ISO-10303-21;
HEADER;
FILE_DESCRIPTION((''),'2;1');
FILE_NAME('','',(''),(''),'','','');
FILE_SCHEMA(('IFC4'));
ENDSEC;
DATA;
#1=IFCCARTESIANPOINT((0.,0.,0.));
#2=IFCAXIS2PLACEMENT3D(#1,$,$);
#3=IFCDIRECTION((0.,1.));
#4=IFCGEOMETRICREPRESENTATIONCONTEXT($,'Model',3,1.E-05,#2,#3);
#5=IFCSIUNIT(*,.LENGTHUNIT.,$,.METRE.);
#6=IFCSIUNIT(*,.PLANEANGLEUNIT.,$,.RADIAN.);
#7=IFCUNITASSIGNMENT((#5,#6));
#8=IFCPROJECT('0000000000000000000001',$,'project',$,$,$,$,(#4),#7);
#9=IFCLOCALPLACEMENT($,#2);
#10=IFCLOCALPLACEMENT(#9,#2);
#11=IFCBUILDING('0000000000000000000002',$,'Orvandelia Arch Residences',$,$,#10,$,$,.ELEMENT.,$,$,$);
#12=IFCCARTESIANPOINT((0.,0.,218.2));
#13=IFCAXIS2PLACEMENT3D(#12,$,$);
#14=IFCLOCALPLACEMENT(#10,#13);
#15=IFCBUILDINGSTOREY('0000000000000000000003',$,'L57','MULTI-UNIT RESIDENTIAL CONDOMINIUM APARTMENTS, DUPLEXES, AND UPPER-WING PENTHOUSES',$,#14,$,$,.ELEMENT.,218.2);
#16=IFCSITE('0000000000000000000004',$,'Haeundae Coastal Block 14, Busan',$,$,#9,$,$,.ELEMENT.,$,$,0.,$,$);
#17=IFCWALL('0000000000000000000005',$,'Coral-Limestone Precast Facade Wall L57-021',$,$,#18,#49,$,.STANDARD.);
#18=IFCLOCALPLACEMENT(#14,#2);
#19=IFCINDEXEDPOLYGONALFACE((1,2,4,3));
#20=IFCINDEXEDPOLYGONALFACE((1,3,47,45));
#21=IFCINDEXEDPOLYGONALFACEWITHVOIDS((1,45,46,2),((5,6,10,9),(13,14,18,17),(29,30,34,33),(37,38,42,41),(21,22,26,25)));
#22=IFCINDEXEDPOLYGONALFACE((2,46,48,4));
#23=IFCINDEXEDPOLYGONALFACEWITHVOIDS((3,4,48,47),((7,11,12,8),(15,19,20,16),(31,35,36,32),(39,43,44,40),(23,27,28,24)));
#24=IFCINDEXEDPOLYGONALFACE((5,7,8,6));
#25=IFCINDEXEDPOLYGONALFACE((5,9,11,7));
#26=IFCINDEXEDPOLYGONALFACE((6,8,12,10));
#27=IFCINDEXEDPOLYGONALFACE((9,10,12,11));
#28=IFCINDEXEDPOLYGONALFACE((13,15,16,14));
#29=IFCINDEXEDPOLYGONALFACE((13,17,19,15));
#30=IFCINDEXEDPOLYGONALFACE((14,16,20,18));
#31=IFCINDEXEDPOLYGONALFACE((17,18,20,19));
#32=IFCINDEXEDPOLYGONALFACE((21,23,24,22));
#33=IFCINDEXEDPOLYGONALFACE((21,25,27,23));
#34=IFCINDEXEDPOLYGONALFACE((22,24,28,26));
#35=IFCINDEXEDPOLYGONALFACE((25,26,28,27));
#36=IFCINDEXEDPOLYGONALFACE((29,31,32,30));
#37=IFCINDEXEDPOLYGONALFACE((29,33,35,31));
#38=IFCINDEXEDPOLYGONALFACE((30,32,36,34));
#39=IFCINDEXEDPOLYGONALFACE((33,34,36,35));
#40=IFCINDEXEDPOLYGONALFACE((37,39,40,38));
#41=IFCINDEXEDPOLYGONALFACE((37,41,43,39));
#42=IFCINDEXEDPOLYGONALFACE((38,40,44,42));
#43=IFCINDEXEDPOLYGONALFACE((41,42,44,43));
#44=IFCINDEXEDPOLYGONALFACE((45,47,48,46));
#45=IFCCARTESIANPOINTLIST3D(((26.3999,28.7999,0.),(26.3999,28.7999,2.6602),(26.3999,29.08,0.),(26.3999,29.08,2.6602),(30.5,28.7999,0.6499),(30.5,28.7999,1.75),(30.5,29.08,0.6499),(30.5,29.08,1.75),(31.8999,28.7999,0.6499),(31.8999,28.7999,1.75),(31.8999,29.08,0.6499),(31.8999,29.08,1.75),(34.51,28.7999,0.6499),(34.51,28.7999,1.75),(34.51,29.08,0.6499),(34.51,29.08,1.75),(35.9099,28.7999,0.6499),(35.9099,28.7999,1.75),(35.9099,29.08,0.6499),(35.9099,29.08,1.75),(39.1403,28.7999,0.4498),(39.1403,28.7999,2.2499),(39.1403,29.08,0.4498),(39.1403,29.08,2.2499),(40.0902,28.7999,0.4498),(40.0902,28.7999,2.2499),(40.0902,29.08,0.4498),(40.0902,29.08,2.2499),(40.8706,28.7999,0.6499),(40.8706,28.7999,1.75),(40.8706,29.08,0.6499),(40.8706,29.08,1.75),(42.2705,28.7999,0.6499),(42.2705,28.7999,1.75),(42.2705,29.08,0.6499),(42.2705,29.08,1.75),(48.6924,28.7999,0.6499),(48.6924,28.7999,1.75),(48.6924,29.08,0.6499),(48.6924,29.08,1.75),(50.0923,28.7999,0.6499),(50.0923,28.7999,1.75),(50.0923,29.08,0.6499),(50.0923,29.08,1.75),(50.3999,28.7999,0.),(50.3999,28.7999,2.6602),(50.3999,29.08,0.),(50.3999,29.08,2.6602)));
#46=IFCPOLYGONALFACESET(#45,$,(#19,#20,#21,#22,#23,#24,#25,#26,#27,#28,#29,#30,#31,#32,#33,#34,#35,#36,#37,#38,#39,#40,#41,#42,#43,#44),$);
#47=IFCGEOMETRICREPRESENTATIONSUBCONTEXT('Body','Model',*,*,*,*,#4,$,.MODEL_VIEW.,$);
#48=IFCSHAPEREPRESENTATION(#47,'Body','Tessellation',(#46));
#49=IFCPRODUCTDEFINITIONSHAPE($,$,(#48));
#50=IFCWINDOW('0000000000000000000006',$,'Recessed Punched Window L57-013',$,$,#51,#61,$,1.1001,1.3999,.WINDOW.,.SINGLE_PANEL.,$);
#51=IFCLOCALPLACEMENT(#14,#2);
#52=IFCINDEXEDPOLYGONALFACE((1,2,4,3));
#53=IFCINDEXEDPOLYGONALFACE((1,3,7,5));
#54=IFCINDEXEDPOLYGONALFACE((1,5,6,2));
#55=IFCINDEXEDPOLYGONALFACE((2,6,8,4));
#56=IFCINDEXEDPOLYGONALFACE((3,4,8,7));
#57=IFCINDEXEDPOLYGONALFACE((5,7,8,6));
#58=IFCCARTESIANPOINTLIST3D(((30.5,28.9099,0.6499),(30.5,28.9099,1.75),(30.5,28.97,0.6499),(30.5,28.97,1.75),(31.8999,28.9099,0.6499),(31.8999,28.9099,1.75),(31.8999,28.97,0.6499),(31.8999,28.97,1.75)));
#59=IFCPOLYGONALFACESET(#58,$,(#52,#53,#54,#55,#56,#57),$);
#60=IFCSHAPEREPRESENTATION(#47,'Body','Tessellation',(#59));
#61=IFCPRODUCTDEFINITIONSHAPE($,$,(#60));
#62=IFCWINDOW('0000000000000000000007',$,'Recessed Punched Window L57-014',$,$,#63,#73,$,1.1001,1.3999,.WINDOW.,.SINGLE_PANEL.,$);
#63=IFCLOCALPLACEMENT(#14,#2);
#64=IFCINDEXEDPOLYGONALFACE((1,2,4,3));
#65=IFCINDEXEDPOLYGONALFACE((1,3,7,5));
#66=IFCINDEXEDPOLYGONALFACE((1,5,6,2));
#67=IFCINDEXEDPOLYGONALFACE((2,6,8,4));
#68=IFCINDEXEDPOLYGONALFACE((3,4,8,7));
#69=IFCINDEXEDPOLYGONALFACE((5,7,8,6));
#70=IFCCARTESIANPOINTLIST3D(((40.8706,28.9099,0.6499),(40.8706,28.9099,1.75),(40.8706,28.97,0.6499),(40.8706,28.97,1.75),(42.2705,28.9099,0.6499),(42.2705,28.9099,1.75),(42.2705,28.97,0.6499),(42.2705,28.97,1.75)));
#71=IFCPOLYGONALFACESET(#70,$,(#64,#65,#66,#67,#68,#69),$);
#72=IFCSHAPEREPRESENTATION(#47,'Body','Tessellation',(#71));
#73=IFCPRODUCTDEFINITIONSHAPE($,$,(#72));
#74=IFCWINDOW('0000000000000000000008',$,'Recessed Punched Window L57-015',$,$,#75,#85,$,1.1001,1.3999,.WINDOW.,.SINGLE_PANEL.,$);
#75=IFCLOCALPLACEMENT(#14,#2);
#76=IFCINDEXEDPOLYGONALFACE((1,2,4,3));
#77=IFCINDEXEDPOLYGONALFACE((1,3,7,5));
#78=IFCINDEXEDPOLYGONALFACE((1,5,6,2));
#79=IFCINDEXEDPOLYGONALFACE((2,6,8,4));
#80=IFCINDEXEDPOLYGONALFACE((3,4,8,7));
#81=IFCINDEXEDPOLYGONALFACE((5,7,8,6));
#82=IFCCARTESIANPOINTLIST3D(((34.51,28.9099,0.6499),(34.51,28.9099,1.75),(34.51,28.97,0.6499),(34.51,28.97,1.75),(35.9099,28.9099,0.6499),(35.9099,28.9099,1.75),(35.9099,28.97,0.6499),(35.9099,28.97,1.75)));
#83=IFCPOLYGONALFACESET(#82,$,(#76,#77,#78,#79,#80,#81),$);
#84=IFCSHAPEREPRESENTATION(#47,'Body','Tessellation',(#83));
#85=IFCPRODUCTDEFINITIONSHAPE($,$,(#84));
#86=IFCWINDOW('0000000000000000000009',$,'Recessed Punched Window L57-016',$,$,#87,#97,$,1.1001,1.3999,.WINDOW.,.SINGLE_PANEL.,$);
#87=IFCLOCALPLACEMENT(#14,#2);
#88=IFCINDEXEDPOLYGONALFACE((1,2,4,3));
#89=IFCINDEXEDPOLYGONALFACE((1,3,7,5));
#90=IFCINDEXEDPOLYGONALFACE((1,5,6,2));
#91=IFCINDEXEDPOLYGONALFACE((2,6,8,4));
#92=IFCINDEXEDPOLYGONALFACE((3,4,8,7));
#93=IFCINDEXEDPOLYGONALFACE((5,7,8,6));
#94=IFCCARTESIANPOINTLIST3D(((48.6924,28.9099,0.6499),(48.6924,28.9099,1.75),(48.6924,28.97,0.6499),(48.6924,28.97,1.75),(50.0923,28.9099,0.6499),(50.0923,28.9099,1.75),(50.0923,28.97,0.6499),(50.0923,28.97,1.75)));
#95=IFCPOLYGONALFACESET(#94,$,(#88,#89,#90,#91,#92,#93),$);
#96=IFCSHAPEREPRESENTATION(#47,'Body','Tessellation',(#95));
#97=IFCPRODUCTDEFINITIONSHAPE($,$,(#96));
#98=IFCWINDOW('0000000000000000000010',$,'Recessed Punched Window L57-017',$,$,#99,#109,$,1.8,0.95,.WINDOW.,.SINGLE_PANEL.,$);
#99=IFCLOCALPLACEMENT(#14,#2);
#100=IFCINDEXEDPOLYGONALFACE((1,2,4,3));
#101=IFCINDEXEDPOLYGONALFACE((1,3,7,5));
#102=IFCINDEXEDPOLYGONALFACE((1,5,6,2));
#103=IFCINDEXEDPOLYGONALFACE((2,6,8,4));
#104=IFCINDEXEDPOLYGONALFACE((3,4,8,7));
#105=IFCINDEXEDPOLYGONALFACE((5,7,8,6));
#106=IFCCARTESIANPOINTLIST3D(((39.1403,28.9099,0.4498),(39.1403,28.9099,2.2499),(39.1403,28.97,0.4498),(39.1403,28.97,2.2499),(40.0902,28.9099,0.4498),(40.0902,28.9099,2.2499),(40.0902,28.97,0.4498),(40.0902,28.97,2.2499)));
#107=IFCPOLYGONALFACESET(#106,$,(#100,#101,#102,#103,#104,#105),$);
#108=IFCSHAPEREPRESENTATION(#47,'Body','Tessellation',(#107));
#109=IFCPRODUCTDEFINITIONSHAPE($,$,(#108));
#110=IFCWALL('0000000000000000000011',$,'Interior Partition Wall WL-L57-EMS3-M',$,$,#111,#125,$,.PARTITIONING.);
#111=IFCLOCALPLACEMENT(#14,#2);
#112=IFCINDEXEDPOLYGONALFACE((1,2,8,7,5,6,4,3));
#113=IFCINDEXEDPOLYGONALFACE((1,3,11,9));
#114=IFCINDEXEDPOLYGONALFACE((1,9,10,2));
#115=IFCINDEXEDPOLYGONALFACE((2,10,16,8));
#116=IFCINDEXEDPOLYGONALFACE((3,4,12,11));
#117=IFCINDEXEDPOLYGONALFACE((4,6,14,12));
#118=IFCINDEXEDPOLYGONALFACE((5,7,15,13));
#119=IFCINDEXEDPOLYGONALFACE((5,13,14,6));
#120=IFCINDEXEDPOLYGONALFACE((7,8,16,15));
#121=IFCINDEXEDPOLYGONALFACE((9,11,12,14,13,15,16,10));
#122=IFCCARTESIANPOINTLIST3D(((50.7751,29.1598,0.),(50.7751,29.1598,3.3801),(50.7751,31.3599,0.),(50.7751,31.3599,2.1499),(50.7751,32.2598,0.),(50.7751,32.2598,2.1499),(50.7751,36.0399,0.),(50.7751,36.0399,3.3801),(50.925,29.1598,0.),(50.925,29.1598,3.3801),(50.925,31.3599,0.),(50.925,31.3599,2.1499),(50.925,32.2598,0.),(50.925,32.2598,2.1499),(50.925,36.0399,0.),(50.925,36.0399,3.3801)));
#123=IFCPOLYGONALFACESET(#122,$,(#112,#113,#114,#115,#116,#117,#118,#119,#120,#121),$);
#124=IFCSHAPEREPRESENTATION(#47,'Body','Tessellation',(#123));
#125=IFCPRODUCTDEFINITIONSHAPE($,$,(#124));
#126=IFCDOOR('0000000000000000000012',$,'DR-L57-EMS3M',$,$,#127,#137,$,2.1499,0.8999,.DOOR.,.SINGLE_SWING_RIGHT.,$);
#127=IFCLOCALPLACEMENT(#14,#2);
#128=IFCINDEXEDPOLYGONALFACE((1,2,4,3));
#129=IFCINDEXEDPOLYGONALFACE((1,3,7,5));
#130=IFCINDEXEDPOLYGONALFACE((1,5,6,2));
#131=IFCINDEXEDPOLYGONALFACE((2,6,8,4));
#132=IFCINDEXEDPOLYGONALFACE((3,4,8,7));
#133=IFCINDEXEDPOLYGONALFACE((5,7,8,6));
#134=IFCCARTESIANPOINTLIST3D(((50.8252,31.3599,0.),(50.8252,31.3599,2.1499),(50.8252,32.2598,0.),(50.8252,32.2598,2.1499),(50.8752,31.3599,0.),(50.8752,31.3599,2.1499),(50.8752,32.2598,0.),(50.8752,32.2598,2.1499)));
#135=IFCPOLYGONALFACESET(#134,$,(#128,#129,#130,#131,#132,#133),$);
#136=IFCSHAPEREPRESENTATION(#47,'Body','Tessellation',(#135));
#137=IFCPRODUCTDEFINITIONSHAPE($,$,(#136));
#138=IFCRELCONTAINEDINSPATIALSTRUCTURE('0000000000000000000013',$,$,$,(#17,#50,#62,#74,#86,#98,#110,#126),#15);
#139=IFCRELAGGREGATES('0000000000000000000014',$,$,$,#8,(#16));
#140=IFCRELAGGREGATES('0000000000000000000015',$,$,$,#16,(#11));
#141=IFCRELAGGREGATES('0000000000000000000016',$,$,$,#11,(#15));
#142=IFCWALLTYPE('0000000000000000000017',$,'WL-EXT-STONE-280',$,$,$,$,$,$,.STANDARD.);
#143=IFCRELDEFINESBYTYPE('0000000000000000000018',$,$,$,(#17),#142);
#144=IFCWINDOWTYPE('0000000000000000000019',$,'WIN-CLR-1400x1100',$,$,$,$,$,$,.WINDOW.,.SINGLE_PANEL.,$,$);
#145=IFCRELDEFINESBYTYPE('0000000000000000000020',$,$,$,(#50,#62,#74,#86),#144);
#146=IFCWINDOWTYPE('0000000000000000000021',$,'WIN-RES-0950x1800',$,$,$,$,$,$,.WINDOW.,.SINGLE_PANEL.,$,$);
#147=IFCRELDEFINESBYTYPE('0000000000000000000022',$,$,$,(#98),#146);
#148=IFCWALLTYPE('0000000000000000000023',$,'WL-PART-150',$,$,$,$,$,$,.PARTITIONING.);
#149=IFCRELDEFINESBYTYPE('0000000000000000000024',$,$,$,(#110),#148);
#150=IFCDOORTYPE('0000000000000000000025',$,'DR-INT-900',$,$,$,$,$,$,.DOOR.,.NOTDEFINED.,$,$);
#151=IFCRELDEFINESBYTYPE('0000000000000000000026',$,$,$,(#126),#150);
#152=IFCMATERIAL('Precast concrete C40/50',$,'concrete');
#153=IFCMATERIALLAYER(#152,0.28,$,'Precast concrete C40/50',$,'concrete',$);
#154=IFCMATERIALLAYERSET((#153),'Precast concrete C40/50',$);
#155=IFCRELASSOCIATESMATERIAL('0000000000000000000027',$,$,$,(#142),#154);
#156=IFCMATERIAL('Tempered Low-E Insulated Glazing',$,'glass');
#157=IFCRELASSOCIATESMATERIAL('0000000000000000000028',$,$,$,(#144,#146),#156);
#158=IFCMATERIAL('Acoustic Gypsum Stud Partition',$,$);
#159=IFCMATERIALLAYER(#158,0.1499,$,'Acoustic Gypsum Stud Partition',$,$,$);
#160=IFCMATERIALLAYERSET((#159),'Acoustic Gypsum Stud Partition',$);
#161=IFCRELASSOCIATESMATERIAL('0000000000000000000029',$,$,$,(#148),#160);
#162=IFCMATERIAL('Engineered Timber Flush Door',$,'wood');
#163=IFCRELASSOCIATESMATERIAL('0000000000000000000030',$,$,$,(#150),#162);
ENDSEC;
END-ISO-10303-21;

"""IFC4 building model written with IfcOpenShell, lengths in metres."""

from ifc_helpers import new_model, si_unit, direction, frame, frame_2d, origin, place, context, subcontext, project, spatial, rectangle, extrude, material, layer, layer_set, type_object, element, fill, save


model = new_model("IFC4")

# Units and contexts
model_context = context("Model", 3, precision=1e-05, world=origin(), true_north=direction((0.0, 1.0)))
body_context = subcontext(model_context, "Body", "Model", "MODEL_VIEW")
ifc_project = project(units=[si_unit("LENGTHUNIT", "METRE"), si_unit("PLANEANGLEUNIT", "RADIAN")], contexts=[model_context])

# Site, building, storey
site_placement = place(None, origin())
site = spatial("IfcSite", under=ifc_project, at=site_placement, Name="Haeundae Coastal Block 14, Busan", CompositionType="ELEMENT", RefElevation=0.0)
building_placement = place(site_placement, origin())
building = spatial("IfcBuilding", under=site, at=building_placement, Name="Orvandelia Arch Residences", CompositionType="ELEMENT")
storey_placement = place(building_placement, frame((0.0, 0.0, 218.2)))
storey = spatial("IfcBuildingStorey", under=building, at=storey_placement, Name="L57", Description="MULTI-UNIT RESIDENTIAL CONDOMINIUM APARTMENTS, DUPLEXES, AND UPPER-WING PENTHOUSES", CompositionType="ELEMENT", Elevation=218.2)

# Shared definitions
ifc_material_1 = material(Name="Precast concrete C40/50", Category="concrete")
ifc_layer_1 = layer(ifc_material_1, 0.28, Name="Precast concrete C40/50", Category="concrete")
ifc_layer_set_1 = layer_set([ifc_layer_1], Name="Precast concrete C40/50")
wall_type_1 = type_object("IfcWallType", Name="WL-EXT-STONE-280", PredefinedType="STANDARD", material=ifc_layer_set_1)

# Wall, openings, windows
wall_1_placement = place(storey_placement, frame((50.3999, 28.9399, 0.0), z_axis=(0.0, 0.0, 1.0), x_axis=(-1.0, 0.0, 0.0)))
wall_1 = element("IfcWall", 1, at=wall_1_placement, inside=storey, type_object=wall_type_1, Name="Coral-Limestone Precast Facade Wall L57-021", PredefinedType="STANDARD", context=body_context, shape_type="SweptSolid", body=[
    extrude(rectangle(XDim=24.0, YDim=0.28, at=frame_2d((12.0, 0.0))), origin(), (0.0, 0.0, 1.0), 2.6602),
])
opening_1_placement = place(wall_1_placement, frame((18.5, 0.0, 0.6499)))
opening_1 = element("IfcOpeningElement", 2, at=opening_1_placement, cuts=wall_1, PredefinedType="OPENING", context=body_context, shape_type="SweptSolid", body=[
    extrude(rectangle(XDim=1.3999, YDim=1.1001, at=frame_2d((0.7, 0.55))), frame((0.0, 0.1499, 0.0), z_axis=(0.0, -1.0, 0.0), x_axis=(1.0, 0.0, 0.0)), (0.0, 0.0, 1.0), 0.3),
])
opening_2_placement = place(wall_1_placement, frame((8.1294, 0.0, 0.6499)))
opening_2 = element("IfcOpeningElement", 3, at=opening_2_placement, cuts=wall_1, PredefinedType="OPENING", context=body_context, shape_type="SweptSolid", body=[
    extrude(rectangle(XDim=1.3999, YDim=1.1001, at=frame_2d((0.7, 0.55))), frame((0.0, 0.1499, 0.0), z_axis=(0.0, -1.0, 0.0), x_axis=(1.0, 0.0, 0.0)), (0.0, 0.0, 1.0), 0.3),
])
opening_3_placement = place(wall_1_placement, frame((14.49, 0.0, 0.6499)))
opening_3 = element("IfcOpeningElement", 4, at=opening_3_placement, cuts=wall_1, PredefinedType="OPENING", context=body_context, shape_type="SweptSolid", body=[
    extrude(rectangle(XDim=1.3999, YDim=1.1001, at=frame_2d((0.7, 0.55))), frame((0.0, 0.1499, 0.0), z_axis=(0.0, -1.0, 0.0), x_axis=(1.0, 0.0, 0.0)), (0.0, 0.0, 1.0), 0.3),
])
opening_4_placement = place(wall_1_placement, frame((0.3076, 0.0, 0.6499)))
opening_4 = element("IfcOpeningElement", 5, at=opening_4_placement, cuts=wall_1, PredefinedType="OPENING", context=body_context, shape_type="SweptSolid", body=[
    extrude(rectangle(XDim=1.3999, YDim=1.1001, at=frame_2d((0.7, 0.55))), frame((0.0, 0.1499, 0.0), z_axis=(0.0, -1.0, 0.0), x_axis=(1.0, 0.0, 0.0)), (0.0, 0.0, 1.0), 0.3),
])
opening_5_placement = place(wall_1_placement, frame((10.3096, 0.0, 0.45)))
opening_5 = element("IfcOpeningElement", 6, at=opening_5_placement, cuts=wall_1, PredefinedType="OPENING", context=body_context, shape_type="SweptSolid", body=[
    extrude(rectangle(XDim=0.95, YDim=1.8, at=frame_2d((0.4751, 0.8999))), frame((0.0, 0.1499, 0.0), z_axis=(0.0, -1.0, 0.0), x_axis=(1.0, 0.0, 0.0)), (0.0, 0.0, 1.0), 0.3),
])
ifc_material_2 = material(Name="Tempered Low-E Insulated Glazing", Category="glass")
window_type_1 = type_object("IfcWindowType", Name="WIN-CLR-1400x1100", PartitioningType="SINGLE_PANEL", PredefinedType="WINDOW", material=ifc_material_2)
window_1_placement = place(opening_1_placement, origin())
window_1 = element("IfcWindow", 7, at=window_1_placement, inside=storey, type_object=window_type_1, Name="Recessed Punched Window L57-013", OverallHeight=1.1001, OverallWidth=1.3999, PartitioningType="SINGLE_PANEL", PredefinedType="WINDOW", context=body_context, shape_type="SweptSolid", body=[
    extrude(rectangle(XDim=1.3999, YDim=1.1001, at=frame_2d((0.7, 0.55))), frame((0.0, 0.03, 0.0), z_axis=(0.0, -1.0, 0.0), x_axis=(1.0, 0.0, 0.0)), (0.0, 0.0, 1.0), 0.0601),
])
fill(opening_1, window_1)
window_2_placement = place(opening_2_placement, origin())
window_2 = element("IfcWindow", 8, at=window_2_placement, inside=storey, type_object=window_type_1, Name="Recessed Punched Window L57-014", OverallHeight=1.1001, OverallWidth=1.3999, PartitioningType="SINGLE_PANEL", PredefinedType="WINDOW", context=body_context, shape_type="SweptSolid", body=[
    extrude(rectangle(XDim=1.3999, YDim=1.1001, at=frame_2d((0.7, 0.55))), frame((0.0, 0.03, 0.0), z_axis=(0.0, -1.0, 0.0), x_axis=(1.0, 0.0, 0.0)), (0.0, 0.0, 1.0), 0.0601),
])
fill(opening_2, window_2)
window_3_placement = place(opening_3_placement, origin())
window_3 = element("IfcWindow", 9, at=window_3_placement, inside=storey, type_object=window_type_1, Name="Recessed Punched Window L57-015", OverallHeight=1.1001, OverallWidth=1.3999, PartitioningType="SINGLE_PANEL", PredefinedType="WINDOW", context=body_context, shape_type="SweptSolid", body=[
    extrude(rectangle(XDim=1.3999, YDim=1.1001, at=frame_2d((0.7, 0.55))), frame((0.0, 0.03, 0.0), z_axis=(0.0, -1.0, 0.0), x_axis=(1.0, 0.0, 0.0)), (0.0, 0.0, 1.0), 0.0601),
])
fill(opening_3, window_3)
window_4_placement = place(opening_4_placement, origin())
window_4 = element("IfcWindow", 10, at=window_4_placement, inside=storey, type_object=window_type_1, Name="Recessed Punched Window L57-016", OverallHeight=1.1001, OverallWidth=1.3999, PartitioningType="SINGLE_PANEL", PredefinedType="WINDOW", context=body_context, shape_type="SweptSolid", body=[
    extrude(rectangle(XDim=1.3999, YDim=1.1001, at=frame_2d((0.7, 0.55))), frame((0.0, 0.03, 0.0), z_axis=(0.0, -1.0, 0.0), x_axis=(1.0, 0.0, 0.0)), (0.0, 0.0, 1.0), 0.0601),
])
fill(opening_4, window_4)
window_type_2 = type_object("IfcWindowType", Name="WIN-RES-0950x1800", PartitioningType="SINGLE_PANEL", PredefinedType="WINDOW", material=ifc_material_2)
window_5_placement = place(opening_5_placement, origin())
window_5 = element("IfcWindow", 11, at=window_5_placement, inside=storey, type_object=window_type_2, Name="Recessed Punched Window L57-017", OverallHeight=1.8, OverallWidth=0.95, PartitioningType="SINGLE_PANEL", PredefinedType="WINDOW", context=body_context, shape_type="SweptSolid", body=[
    extrude(rectangle(XDim=0.95, YDim=1.8, at=frame_2d((0.4751, 0.8999))), frame((0.0, 0.03, 0.0), z_axis=(0.0, -1.0, 0.0), x_axis=(1.0, 0.0, 0.0)), (0.0, 0.0, 1.0), 0.0601),
])
fill(opening_5, window_5)

# Wall, opening, door
ifc_material_3 = material(Name="Acoustic Gypsum Stud Partition")
ifc_layer_2 = layer(ifc_material_3, 0.1499, Name="Acoustic Gypsum Stud Partition")
ifc_layer_set_2 = layer_set([ifc_layer_2], Name="Acoustic Gypsum Stud Partition")
wall_type_2 = type_object("IfcWallType", Name="WL-PART-150", PredefinedType="PARTITIONING", material=ifc_layer_set_2)
wall_2_placement = place(storey_placement, frame((50.8501, 29.1599, 0.0), z_axis=(0.0, 0.0, 1.0), x_axis=(0.0, 1.0, 0.0)))
wall_2 = element("IfcWall", 12, at=wall_2_placement, inside=storey, type_object=wall_type_2, Name="Interior Partition Wall WL-L57-EMS3-M", PredefinedType="PARTITIONING", context=body_context, shape_type="SweptSolid", body=[
    extrude(rectangle(XDim=6.8801, YDim=0.1499, at=frame_2d((3.4399, 0.0))), origin(), (0.0, 0.0, 1.0), 3.3801),
])
opening_6_placement = place(wall_2_placement, frame((2.2, 0.0, 0.0)))
opening_6 = element("IfcOpeningElement", 13, at=opening_6_placement, cuts=wall_2, PredefinedType="OPENING", context=body_context, shape_type="SweptSolid", body=[
    extrude(rectangle(XDim=0.8999, YDim=2.1499, at=frame_2d((0.45, 1.075))), frame((0.0, 0.085, 0.0), z_axis=(0.0, -1.0, 0.0), x_axis=(1.0, 0.0, 0.0)), (0.0, 0.0, 1.0), 0.1699),
])
ifc_material_4 = material(Name="Engineered Timber Flush Door", Category="wood")
door_type = type_object("IfcDoorType", Name="DR-INT-900", OperationType="NOTDEFINED", PredefinedType="DOOR", material=ifc_material_4)
door_placement = place(opening_6_placement, origin())
door = element("IfcDoor", 14, at=door_placement, inside=storey, type_object=door_type, Name="DR-L57-EMS3M", OperationType="SINGLE_SWING_RIGHT", OverallHeight=2.1499, OverallWidth=0.8999, PredefinedType="DOOR", context=body_context, shape_type="SweptSolid", body=[
    extrude(rectangle(XDim=0.8999, YDim=2.1499, at=frame_2d((0.45, 1.075))), frame((0.0, 0.0249, 0.0), z_axis=(0.0, -1.0, 0.0), x_axis=(1.0, 0.0, 0.0)), (0.0, 0.0, 1.0), 0.05),
])
fill(opening_6, door)

save(model, "model.ifc")
